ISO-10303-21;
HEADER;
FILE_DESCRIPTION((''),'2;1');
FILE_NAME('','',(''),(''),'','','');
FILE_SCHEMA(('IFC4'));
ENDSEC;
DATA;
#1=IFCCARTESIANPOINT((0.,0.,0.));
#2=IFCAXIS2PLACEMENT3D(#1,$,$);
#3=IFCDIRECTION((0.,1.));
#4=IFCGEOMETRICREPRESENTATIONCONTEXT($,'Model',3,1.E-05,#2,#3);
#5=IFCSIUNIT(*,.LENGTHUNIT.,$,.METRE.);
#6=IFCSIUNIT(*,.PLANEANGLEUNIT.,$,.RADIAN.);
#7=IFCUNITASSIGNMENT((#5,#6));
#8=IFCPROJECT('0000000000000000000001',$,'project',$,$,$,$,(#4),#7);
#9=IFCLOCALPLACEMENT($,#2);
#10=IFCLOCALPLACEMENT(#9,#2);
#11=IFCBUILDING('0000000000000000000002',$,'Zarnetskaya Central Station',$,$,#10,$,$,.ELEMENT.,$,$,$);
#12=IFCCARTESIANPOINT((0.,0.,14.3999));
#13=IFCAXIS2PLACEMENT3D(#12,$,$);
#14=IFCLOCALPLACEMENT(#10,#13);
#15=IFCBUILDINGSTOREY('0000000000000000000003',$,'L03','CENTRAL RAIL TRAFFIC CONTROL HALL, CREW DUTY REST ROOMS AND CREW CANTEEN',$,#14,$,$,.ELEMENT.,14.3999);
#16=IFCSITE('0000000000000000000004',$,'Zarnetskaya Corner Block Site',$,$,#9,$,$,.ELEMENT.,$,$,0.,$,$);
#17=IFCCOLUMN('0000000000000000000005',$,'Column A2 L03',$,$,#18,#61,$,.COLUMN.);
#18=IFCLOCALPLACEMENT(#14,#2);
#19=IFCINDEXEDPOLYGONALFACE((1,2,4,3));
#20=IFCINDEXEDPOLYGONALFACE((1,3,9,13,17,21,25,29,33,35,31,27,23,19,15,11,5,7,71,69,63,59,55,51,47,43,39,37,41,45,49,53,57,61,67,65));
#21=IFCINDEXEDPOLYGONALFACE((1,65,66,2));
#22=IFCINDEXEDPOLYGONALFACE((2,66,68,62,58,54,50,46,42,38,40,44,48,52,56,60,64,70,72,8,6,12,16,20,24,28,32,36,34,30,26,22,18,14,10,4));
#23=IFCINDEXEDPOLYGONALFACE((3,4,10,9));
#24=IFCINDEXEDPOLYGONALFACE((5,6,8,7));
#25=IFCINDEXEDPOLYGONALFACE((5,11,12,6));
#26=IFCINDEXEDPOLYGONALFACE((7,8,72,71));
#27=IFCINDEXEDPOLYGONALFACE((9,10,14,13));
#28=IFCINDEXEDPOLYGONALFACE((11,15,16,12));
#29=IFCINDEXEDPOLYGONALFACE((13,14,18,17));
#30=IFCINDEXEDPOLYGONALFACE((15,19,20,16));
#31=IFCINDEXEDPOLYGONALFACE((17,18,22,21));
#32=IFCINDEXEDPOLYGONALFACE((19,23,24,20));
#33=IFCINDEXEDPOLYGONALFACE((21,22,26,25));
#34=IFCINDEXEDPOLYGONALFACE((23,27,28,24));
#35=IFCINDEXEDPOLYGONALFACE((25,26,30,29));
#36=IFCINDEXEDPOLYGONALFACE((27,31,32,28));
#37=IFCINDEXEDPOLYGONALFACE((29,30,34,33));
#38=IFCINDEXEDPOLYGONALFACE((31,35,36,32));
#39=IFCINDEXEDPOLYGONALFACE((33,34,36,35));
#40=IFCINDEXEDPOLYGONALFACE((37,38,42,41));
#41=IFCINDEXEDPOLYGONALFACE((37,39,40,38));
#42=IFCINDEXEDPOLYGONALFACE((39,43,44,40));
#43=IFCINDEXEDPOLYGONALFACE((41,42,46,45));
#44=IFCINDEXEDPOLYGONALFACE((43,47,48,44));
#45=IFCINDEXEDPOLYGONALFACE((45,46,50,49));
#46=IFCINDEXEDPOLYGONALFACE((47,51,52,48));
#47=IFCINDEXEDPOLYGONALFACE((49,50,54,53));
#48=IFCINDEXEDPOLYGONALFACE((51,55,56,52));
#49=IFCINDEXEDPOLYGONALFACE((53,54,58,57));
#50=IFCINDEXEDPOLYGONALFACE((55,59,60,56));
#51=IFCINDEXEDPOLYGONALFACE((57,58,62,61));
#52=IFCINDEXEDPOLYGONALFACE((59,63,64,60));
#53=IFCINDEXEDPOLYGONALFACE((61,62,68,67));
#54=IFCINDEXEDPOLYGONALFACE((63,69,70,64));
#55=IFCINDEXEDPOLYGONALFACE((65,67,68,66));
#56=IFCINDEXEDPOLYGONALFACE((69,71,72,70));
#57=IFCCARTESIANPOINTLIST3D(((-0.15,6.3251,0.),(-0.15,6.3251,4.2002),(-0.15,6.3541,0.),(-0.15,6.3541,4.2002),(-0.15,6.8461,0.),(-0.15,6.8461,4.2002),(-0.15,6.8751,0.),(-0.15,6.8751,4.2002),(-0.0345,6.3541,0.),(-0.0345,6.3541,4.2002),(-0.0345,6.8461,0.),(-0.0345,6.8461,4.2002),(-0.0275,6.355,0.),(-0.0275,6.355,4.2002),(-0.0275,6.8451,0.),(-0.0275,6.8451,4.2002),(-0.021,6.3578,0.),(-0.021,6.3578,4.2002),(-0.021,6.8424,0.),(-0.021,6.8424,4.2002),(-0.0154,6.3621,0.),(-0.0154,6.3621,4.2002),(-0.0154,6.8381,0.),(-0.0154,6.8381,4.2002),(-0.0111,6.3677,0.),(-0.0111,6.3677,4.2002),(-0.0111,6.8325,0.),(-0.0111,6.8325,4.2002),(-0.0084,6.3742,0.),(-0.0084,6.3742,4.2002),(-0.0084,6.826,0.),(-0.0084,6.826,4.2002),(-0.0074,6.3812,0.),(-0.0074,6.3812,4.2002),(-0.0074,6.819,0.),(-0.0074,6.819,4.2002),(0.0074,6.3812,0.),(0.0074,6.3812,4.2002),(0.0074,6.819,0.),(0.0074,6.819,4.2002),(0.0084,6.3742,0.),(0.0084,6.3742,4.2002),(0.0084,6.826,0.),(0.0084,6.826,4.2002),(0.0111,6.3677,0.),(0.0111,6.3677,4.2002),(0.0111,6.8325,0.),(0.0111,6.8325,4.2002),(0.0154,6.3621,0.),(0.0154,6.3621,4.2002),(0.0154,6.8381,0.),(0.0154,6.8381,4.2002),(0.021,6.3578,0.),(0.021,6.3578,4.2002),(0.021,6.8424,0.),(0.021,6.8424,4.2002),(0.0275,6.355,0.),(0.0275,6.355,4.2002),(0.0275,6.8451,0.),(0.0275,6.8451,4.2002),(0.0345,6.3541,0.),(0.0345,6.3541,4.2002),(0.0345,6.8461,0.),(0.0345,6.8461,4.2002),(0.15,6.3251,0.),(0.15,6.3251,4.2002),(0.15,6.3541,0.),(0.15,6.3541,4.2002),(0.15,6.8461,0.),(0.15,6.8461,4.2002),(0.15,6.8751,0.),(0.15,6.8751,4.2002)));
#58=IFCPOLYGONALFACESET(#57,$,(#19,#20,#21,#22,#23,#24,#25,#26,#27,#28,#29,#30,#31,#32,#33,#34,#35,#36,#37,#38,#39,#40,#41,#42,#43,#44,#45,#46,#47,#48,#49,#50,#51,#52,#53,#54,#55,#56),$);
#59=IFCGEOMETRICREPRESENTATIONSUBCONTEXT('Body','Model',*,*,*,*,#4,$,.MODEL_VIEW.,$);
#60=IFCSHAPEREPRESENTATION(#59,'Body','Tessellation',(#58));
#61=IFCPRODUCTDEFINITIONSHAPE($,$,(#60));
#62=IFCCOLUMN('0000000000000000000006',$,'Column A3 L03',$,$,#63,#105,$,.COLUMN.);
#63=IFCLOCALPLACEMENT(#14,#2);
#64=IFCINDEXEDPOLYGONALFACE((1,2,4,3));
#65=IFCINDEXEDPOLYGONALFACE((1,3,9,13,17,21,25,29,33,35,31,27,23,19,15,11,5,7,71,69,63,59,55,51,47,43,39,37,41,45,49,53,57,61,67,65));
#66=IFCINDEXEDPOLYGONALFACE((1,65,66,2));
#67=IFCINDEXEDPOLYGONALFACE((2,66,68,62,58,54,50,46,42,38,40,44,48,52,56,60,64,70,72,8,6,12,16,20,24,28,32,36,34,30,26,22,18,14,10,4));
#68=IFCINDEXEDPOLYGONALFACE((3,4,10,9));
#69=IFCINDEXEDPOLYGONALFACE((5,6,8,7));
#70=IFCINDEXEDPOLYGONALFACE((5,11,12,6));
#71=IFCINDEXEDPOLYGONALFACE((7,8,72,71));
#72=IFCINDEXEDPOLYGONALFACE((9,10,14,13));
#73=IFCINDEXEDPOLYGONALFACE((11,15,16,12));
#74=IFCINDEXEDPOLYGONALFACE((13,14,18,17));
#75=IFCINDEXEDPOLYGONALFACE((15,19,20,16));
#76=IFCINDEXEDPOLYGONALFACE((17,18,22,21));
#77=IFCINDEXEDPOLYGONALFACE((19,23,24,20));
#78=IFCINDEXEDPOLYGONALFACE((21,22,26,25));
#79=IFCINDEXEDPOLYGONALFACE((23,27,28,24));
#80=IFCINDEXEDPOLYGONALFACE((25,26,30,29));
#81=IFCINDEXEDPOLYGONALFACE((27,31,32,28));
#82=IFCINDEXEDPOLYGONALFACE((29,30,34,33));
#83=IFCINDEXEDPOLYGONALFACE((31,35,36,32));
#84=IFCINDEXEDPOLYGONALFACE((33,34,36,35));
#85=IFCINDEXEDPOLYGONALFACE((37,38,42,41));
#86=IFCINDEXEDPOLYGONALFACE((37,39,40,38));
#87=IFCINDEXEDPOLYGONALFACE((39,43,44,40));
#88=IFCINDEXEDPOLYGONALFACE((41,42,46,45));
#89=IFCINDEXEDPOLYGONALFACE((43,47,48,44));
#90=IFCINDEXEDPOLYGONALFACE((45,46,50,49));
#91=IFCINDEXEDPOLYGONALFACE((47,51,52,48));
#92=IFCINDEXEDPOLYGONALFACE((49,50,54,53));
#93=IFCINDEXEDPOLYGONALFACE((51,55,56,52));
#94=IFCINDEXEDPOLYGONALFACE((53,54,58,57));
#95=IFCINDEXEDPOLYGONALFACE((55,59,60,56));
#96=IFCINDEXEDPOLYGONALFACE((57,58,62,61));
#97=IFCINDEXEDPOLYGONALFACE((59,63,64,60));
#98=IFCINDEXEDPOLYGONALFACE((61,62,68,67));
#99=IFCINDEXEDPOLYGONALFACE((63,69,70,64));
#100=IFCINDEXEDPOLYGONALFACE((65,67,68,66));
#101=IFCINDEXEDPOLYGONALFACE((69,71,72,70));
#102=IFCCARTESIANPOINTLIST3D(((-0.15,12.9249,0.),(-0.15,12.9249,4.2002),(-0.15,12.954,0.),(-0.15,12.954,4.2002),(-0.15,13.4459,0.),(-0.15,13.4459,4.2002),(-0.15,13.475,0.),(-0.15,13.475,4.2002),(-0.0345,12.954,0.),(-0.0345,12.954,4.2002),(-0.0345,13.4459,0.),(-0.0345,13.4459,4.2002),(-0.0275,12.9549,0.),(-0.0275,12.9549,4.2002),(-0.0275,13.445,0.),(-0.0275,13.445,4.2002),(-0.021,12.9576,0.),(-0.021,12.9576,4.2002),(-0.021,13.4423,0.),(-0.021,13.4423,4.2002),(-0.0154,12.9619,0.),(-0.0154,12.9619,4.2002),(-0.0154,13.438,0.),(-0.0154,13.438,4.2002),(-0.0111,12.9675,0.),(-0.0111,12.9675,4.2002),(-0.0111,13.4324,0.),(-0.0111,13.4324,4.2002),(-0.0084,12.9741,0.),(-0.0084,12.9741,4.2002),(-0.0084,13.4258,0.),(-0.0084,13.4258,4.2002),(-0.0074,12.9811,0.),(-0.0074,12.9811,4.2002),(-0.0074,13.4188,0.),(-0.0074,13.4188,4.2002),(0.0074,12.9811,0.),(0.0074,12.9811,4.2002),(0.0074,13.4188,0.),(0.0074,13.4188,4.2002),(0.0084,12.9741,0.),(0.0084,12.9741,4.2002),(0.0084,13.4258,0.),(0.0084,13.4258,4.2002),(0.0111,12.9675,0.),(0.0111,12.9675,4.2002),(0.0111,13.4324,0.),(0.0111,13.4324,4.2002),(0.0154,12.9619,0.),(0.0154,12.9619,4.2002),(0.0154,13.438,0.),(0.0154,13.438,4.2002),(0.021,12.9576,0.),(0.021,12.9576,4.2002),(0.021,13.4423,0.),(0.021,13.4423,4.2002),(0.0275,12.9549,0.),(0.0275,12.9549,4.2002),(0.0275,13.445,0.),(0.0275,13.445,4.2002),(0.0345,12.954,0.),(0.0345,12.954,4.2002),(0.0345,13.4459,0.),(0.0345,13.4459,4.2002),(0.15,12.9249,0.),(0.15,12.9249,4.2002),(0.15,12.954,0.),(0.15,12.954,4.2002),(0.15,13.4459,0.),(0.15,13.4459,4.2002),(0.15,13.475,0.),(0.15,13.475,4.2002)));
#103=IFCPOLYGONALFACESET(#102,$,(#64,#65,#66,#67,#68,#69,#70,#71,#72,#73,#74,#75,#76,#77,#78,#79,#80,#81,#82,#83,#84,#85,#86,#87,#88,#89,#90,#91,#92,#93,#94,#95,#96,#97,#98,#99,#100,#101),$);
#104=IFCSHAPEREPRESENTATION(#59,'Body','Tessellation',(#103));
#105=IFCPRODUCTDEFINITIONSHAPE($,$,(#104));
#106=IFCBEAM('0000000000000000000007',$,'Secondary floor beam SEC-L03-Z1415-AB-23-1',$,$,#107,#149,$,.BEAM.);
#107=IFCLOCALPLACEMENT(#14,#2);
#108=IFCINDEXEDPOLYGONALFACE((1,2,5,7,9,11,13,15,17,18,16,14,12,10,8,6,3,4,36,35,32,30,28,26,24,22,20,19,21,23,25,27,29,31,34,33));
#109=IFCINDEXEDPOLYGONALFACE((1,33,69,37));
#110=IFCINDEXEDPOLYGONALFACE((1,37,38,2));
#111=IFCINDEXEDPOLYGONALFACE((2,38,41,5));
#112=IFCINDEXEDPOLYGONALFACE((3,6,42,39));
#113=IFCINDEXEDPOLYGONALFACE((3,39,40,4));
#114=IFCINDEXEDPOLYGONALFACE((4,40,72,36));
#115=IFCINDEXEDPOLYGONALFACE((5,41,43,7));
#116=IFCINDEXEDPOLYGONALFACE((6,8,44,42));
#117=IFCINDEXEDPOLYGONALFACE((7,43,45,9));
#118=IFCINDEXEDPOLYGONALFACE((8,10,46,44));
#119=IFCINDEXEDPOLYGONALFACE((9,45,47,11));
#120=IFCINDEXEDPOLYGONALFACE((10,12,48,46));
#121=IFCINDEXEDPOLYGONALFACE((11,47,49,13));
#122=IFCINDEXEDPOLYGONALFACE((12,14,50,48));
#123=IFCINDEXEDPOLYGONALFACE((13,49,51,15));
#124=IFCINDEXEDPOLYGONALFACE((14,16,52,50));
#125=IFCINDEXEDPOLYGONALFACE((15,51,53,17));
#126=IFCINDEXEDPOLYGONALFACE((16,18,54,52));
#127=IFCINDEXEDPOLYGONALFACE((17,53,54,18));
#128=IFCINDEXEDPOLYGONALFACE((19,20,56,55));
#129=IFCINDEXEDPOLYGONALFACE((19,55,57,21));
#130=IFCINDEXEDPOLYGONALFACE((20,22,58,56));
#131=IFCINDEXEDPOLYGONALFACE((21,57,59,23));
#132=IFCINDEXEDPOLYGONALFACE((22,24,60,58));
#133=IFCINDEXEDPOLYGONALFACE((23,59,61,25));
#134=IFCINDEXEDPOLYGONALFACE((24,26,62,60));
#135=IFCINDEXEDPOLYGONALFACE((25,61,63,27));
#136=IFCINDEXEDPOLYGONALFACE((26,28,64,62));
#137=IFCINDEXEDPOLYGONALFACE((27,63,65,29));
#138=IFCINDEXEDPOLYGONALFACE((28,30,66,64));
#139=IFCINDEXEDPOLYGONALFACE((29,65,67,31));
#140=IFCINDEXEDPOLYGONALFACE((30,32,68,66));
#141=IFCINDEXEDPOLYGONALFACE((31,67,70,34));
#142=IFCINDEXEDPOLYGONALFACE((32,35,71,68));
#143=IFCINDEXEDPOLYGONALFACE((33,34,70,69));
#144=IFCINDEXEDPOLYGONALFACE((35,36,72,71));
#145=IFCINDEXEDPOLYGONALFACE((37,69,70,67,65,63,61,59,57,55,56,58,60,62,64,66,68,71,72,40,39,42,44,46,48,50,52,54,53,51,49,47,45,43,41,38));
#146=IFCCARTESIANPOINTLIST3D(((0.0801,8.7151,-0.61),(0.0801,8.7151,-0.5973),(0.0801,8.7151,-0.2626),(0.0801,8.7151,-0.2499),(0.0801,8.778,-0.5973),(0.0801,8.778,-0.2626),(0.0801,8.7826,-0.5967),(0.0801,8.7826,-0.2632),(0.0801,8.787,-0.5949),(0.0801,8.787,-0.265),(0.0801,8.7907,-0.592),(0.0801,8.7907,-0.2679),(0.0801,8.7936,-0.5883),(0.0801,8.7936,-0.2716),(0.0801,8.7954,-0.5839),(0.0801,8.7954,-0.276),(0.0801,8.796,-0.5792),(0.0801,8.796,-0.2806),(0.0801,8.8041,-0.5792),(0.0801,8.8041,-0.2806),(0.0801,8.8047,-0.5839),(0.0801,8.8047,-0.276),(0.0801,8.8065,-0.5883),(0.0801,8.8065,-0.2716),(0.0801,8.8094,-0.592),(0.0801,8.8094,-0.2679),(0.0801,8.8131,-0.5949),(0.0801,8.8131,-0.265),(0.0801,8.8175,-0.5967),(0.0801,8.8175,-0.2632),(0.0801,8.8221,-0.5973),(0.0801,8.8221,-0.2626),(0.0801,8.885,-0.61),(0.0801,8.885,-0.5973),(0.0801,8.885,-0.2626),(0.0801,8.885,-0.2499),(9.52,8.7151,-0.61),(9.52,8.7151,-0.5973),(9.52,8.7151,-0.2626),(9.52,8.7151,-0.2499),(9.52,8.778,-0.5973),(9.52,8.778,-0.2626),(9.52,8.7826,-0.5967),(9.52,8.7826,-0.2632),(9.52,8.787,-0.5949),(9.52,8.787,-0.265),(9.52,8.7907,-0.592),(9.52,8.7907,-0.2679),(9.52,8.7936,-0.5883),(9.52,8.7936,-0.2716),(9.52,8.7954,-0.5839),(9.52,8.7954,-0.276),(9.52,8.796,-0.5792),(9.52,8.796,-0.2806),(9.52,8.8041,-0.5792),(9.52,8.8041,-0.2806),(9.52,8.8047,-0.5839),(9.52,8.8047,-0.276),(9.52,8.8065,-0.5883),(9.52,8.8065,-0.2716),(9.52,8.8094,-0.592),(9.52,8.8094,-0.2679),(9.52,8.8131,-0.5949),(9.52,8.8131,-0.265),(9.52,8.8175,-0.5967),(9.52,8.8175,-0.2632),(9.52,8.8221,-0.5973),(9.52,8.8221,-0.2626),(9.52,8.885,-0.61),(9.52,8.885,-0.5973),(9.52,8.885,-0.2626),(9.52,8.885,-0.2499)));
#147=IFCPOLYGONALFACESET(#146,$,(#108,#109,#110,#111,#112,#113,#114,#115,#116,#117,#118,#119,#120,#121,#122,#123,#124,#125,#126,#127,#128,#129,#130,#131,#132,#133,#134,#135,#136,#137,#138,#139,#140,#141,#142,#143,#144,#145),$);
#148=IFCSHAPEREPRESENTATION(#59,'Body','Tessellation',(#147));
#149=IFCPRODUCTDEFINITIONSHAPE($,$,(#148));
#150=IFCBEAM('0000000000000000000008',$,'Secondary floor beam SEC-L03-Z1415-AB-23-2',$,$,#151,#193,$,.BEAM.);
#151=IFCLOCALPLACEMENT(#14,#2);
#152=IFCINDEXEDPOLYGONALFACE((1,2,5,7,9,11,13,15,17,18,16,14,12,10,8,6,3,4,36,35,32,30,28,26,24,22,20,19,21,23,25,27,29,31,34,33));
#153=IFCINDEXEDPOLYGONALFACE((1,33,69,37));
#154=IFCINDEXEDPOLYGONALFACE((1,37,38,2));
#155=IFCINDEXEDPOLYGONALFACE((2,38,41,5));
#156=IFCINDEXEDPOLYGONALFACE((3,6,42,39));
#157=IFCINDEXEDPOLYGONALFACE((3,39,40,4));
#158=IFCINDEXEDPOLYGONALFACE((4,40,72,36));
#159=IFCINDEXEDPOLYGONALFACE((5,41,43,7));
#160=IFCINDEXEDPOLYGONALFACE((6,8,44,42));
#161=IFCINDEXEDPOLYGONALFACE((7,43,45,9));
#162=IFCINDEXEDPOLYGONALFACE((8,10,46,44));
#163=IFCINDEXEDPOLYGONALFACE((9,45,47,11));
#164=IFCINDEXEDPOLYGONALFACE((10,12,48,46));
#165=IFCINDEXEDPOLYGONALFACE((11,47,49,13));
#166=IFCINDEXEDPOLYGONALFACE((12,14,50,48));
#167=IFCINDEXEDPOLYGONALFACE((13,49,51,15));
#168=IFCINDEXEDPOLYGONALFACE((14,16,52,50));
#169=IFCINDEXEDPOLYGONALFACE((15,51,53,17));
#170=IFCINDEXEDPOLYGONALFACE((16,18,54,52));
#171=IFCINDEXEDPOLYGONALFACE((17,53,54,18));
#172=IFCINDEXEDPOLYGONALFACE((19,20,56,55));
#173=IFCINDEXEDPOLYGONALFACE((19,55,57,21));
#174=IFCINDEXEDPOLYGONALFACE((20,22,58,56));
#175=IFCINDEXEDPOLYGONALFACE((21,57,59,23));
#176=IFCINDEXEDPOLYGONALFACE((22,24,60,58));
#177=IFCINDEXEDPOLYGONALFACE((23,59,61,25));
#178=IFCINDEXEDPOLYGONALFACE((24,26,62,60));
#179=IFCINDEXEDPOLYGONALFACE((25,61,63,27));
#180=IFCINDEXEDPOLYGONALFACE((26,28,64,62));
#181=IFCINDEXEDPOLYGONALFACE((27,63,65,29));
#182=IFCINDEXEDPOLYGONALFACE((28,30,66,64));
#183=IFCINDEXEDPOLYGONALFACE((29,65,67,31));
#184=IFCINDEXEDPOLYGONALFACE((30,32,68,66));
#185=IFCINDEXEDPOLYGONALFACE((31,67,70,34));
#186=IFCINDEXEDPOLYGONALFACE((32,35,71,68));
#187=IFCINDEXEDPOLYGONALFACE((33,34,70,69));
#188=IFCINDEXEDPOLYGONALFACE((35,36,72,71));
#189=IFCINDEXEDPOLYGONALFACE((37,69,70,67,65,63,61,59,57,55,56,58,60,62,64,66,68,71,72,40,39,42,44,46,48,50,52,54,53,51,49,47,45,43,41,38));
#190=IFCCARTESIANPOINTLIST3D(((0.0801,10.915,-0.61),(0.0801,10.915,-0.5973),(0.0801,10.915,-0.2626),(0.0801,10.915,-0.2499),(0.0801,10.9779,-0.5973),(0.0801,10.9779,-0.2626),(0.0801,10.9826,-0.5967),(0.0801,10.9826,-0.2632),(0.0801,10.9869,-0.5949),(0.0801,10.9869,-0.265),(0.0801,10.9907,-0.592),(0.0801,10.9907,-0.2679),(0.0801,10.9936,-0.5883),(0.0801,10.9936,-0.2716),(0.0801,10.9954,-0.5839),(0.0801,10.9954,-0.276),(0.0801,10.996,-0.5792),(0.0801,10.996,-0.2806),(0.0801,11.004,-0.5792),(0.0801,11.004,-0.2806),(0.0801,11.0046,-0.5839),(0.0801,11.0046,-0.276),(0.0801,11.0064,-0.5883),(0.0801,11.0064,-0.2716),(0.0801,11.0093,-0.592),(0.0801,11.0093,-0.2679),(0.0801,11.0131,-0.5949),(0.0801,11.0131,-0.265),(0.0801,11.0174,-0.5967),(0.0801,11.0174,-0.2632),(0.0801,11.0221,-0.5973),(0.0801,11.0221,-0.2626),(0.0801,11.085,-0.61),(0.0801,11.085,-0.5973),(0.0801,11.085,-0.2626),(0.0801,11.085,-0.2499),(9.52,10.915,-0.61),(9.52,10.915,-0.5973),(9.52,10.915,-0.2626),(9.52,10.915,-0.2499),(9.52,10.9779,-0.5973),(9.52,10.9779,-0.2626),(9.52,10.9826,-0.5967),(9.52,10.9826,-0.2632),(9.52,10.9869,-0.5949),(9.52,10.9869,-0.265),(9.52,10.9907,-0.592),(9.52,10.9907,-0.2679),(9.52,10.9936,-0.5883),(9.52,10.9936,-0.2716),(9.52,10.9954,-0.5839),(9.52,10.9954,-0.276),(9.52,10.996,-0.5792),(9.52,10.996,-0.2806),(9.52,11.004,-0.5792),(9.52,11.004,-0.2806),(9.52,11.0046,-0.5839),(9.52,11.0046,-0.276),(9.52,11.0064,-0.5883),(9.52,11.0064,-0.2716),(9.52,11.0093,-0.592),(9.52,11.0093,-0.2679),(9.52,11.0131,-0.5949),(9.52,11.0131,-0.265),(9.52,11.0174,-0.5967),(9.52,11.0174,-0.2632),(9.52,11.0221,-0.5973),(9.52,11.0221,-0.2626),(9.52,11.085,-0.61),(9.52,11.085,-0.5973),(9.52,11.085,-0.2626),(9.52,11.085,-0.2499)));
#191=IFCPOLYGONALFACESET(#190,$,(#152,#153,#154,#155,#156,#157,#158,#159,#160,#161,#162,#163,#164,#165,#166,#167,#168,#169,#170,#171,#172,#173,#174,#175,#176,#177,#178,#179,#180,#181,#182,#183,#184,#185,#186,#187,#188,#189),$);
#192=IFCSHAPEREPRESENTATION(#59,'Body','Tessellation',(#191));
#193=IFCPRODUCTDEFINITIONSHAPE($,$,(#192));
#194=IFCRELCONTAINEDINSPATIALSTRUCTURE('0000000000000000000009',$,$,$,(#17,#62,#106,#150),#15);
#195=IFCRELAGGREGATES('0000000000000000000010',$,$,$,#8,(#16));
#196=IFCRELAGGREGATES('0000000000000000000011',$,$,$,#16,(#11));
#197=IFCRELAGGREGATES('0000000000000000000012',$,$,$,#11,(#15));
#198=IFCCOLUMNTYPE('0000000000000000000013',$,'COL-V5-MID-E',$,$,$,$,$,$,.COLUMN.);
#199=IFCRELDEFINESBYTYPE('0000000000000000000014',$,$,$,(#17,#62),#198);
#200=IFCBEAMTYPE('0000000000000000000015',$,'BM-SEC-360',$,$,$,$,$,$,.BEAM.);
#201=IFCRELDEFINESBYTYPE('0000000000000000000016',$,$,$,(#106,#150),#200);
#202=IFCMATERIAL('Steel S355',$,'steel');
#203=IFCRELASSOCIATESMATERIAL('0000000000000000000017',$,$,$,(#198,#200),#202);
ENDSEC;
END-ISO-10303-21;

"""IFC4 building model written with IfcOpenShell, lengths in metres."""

from ifc_helpers import new_model, si_unit, direction, frame, origin, origin_2d, place, context, subcontext, project, spatial, i_section, extrude, material, material_profile, profile_set, type_object, element, save


model = new_model("IFC4")

# Units and contexts
model_context = context("Model", 3, precision=1e-05, world=origin(), true_north=direction((0.0, 1.0)))
body_context = subcontext(model_context, "Body", "Model", "MODEL_VIEW")
ifc_project = project(units=[si_unit("LENGTHUNIT", "METRE"), si_unit("PLANEANGLEUNIT", "RADIAN")], contexts=[model_context])

# Site, building, storey
site_placement = place(None, origin())
site = spatial("IfcSite", under=ifc_project, at=site_placement, Name="Zarnetskaya Corner Block Site", CompositionType="ELEMENT", RefElevation=0.0)
building_placement = place(site_placement, origin())
building = spatial("IfcBuilding", under=site, at=building_placement, Name="Zarnetskaya Central Station", CompositionType="ELEMENT")
storey_placement = place(building_placement, frame((0.0, 0.0, 14.3999)))
storey = spatial("IfcBuildingStorey", under=building, at=storey_placement, Name="L03", Description="CENTRAL RAIL TRAFFIC CONTROL HALL, CREW DUTY REST ROOMS AND CREW CANTEEN", CompositionType="ELEMENT", Elevation=14.3999)

# Columns
ifc_material_1 = material(Name="Steel S355", Category="steel")
ifc_material_profile_1 = material_profile(ifc_material_1, i_section(OverallWidth=0.3, OverallDepth=0.55, WebThickness=0.0149, FlangeThickness=0.0291, FilletRadius=0.0271, at=origin_2d()), Name="HEB 550")
ifc_profile_set_1 = profile_set([ifc_material_profile_1], Name="Steel S355")
column_type = type_object("IfcColumnType", Name="COL-V5-MID-E", PredefinedType="COLUMN", material=ifc_profile_set_1)
for number, where, z_axis, x_axis, name in (
    (1, (0.0, 6.6001, 0.0), (0.0, 0.0, 1.0), (1.0, 0.0, 0.0), "Column A2 L03"),
    (2, (0.0, 13.2, 0.0), (0.0, 0.0, 1.0), (1.0, 0.0, 0.0), "Column A3 L03"),
):
    element("IfcColumn", number, at=place(storey_placement, frame(where, z_axis=z_axis, x_axis=x_axis)), inside=storey, type_object=column_type, Name=name, PredefinedType="COLUMN", context=body_context, shape_type="SweptSolid", body=[
        extrude(i_section(OverallWidth=0.3, OverallDepth=0.55, WebThickness=0.0149, FlangeThickness=0.0291, FilletRadius=0.0271, at=origin_2d()), origin(), (0.0, 0.0, 1.0), 4.2002),
    ])

# Beams
ifc_material_profile_2 = material_profile(ifc_material_1, i_section(OverallWidth=0.1699, OverallDepth=0.3601, WebThickness=0.0081, FlangeThickness=0.0127, FilletRadius=0.0181, at=origin_2d()), Name="IPE 360")
ifc_profile_set_2 = profile_set([ifc_material_profile_2], Name="Steel S355")
beam_type_1 = type_object("IfcBeamType", Name="BM-SEC-360", PredefinedType="BEAM", material=ifc_profile_set_2)
for number, where, z_axis, x_axis, name in (
    (3, (0.0801, 8.8, -0.4299), (1.0, 0.0, 0.0), (0.0, 1.0, 0.0), "Secondary floor beam SEC-L03-Z1415-AB-23-1"),
    (4, (0.0801, 11.0, -0.4299), (1.0, 0.0, 0.0), (0.0, 1.0, 0.0), "Secondary floor beam SEC-L03-Z1415-AB-23-2"),
):
    element("IfcBeam", number, at=place(storey_placement, frame(where, z_axis=z_axis, x_axis=x_axis)), inside=storey, type_object=beam_type_1, Name=name, PredefinedType="BEAM", context=body_context, shape_type="SweptSolid", body=[
        extrude(i_section(OverallWidth=0.1699, OverallDepth=0.3601, WebThickness=0.0081, FlangeThickness=0.0127, FilletRadius=0.0181, at=origin_2d()), origin(), (0.0, 0.0, 1.0), 9.4399),
    ])

save(model, "model.ifc")
